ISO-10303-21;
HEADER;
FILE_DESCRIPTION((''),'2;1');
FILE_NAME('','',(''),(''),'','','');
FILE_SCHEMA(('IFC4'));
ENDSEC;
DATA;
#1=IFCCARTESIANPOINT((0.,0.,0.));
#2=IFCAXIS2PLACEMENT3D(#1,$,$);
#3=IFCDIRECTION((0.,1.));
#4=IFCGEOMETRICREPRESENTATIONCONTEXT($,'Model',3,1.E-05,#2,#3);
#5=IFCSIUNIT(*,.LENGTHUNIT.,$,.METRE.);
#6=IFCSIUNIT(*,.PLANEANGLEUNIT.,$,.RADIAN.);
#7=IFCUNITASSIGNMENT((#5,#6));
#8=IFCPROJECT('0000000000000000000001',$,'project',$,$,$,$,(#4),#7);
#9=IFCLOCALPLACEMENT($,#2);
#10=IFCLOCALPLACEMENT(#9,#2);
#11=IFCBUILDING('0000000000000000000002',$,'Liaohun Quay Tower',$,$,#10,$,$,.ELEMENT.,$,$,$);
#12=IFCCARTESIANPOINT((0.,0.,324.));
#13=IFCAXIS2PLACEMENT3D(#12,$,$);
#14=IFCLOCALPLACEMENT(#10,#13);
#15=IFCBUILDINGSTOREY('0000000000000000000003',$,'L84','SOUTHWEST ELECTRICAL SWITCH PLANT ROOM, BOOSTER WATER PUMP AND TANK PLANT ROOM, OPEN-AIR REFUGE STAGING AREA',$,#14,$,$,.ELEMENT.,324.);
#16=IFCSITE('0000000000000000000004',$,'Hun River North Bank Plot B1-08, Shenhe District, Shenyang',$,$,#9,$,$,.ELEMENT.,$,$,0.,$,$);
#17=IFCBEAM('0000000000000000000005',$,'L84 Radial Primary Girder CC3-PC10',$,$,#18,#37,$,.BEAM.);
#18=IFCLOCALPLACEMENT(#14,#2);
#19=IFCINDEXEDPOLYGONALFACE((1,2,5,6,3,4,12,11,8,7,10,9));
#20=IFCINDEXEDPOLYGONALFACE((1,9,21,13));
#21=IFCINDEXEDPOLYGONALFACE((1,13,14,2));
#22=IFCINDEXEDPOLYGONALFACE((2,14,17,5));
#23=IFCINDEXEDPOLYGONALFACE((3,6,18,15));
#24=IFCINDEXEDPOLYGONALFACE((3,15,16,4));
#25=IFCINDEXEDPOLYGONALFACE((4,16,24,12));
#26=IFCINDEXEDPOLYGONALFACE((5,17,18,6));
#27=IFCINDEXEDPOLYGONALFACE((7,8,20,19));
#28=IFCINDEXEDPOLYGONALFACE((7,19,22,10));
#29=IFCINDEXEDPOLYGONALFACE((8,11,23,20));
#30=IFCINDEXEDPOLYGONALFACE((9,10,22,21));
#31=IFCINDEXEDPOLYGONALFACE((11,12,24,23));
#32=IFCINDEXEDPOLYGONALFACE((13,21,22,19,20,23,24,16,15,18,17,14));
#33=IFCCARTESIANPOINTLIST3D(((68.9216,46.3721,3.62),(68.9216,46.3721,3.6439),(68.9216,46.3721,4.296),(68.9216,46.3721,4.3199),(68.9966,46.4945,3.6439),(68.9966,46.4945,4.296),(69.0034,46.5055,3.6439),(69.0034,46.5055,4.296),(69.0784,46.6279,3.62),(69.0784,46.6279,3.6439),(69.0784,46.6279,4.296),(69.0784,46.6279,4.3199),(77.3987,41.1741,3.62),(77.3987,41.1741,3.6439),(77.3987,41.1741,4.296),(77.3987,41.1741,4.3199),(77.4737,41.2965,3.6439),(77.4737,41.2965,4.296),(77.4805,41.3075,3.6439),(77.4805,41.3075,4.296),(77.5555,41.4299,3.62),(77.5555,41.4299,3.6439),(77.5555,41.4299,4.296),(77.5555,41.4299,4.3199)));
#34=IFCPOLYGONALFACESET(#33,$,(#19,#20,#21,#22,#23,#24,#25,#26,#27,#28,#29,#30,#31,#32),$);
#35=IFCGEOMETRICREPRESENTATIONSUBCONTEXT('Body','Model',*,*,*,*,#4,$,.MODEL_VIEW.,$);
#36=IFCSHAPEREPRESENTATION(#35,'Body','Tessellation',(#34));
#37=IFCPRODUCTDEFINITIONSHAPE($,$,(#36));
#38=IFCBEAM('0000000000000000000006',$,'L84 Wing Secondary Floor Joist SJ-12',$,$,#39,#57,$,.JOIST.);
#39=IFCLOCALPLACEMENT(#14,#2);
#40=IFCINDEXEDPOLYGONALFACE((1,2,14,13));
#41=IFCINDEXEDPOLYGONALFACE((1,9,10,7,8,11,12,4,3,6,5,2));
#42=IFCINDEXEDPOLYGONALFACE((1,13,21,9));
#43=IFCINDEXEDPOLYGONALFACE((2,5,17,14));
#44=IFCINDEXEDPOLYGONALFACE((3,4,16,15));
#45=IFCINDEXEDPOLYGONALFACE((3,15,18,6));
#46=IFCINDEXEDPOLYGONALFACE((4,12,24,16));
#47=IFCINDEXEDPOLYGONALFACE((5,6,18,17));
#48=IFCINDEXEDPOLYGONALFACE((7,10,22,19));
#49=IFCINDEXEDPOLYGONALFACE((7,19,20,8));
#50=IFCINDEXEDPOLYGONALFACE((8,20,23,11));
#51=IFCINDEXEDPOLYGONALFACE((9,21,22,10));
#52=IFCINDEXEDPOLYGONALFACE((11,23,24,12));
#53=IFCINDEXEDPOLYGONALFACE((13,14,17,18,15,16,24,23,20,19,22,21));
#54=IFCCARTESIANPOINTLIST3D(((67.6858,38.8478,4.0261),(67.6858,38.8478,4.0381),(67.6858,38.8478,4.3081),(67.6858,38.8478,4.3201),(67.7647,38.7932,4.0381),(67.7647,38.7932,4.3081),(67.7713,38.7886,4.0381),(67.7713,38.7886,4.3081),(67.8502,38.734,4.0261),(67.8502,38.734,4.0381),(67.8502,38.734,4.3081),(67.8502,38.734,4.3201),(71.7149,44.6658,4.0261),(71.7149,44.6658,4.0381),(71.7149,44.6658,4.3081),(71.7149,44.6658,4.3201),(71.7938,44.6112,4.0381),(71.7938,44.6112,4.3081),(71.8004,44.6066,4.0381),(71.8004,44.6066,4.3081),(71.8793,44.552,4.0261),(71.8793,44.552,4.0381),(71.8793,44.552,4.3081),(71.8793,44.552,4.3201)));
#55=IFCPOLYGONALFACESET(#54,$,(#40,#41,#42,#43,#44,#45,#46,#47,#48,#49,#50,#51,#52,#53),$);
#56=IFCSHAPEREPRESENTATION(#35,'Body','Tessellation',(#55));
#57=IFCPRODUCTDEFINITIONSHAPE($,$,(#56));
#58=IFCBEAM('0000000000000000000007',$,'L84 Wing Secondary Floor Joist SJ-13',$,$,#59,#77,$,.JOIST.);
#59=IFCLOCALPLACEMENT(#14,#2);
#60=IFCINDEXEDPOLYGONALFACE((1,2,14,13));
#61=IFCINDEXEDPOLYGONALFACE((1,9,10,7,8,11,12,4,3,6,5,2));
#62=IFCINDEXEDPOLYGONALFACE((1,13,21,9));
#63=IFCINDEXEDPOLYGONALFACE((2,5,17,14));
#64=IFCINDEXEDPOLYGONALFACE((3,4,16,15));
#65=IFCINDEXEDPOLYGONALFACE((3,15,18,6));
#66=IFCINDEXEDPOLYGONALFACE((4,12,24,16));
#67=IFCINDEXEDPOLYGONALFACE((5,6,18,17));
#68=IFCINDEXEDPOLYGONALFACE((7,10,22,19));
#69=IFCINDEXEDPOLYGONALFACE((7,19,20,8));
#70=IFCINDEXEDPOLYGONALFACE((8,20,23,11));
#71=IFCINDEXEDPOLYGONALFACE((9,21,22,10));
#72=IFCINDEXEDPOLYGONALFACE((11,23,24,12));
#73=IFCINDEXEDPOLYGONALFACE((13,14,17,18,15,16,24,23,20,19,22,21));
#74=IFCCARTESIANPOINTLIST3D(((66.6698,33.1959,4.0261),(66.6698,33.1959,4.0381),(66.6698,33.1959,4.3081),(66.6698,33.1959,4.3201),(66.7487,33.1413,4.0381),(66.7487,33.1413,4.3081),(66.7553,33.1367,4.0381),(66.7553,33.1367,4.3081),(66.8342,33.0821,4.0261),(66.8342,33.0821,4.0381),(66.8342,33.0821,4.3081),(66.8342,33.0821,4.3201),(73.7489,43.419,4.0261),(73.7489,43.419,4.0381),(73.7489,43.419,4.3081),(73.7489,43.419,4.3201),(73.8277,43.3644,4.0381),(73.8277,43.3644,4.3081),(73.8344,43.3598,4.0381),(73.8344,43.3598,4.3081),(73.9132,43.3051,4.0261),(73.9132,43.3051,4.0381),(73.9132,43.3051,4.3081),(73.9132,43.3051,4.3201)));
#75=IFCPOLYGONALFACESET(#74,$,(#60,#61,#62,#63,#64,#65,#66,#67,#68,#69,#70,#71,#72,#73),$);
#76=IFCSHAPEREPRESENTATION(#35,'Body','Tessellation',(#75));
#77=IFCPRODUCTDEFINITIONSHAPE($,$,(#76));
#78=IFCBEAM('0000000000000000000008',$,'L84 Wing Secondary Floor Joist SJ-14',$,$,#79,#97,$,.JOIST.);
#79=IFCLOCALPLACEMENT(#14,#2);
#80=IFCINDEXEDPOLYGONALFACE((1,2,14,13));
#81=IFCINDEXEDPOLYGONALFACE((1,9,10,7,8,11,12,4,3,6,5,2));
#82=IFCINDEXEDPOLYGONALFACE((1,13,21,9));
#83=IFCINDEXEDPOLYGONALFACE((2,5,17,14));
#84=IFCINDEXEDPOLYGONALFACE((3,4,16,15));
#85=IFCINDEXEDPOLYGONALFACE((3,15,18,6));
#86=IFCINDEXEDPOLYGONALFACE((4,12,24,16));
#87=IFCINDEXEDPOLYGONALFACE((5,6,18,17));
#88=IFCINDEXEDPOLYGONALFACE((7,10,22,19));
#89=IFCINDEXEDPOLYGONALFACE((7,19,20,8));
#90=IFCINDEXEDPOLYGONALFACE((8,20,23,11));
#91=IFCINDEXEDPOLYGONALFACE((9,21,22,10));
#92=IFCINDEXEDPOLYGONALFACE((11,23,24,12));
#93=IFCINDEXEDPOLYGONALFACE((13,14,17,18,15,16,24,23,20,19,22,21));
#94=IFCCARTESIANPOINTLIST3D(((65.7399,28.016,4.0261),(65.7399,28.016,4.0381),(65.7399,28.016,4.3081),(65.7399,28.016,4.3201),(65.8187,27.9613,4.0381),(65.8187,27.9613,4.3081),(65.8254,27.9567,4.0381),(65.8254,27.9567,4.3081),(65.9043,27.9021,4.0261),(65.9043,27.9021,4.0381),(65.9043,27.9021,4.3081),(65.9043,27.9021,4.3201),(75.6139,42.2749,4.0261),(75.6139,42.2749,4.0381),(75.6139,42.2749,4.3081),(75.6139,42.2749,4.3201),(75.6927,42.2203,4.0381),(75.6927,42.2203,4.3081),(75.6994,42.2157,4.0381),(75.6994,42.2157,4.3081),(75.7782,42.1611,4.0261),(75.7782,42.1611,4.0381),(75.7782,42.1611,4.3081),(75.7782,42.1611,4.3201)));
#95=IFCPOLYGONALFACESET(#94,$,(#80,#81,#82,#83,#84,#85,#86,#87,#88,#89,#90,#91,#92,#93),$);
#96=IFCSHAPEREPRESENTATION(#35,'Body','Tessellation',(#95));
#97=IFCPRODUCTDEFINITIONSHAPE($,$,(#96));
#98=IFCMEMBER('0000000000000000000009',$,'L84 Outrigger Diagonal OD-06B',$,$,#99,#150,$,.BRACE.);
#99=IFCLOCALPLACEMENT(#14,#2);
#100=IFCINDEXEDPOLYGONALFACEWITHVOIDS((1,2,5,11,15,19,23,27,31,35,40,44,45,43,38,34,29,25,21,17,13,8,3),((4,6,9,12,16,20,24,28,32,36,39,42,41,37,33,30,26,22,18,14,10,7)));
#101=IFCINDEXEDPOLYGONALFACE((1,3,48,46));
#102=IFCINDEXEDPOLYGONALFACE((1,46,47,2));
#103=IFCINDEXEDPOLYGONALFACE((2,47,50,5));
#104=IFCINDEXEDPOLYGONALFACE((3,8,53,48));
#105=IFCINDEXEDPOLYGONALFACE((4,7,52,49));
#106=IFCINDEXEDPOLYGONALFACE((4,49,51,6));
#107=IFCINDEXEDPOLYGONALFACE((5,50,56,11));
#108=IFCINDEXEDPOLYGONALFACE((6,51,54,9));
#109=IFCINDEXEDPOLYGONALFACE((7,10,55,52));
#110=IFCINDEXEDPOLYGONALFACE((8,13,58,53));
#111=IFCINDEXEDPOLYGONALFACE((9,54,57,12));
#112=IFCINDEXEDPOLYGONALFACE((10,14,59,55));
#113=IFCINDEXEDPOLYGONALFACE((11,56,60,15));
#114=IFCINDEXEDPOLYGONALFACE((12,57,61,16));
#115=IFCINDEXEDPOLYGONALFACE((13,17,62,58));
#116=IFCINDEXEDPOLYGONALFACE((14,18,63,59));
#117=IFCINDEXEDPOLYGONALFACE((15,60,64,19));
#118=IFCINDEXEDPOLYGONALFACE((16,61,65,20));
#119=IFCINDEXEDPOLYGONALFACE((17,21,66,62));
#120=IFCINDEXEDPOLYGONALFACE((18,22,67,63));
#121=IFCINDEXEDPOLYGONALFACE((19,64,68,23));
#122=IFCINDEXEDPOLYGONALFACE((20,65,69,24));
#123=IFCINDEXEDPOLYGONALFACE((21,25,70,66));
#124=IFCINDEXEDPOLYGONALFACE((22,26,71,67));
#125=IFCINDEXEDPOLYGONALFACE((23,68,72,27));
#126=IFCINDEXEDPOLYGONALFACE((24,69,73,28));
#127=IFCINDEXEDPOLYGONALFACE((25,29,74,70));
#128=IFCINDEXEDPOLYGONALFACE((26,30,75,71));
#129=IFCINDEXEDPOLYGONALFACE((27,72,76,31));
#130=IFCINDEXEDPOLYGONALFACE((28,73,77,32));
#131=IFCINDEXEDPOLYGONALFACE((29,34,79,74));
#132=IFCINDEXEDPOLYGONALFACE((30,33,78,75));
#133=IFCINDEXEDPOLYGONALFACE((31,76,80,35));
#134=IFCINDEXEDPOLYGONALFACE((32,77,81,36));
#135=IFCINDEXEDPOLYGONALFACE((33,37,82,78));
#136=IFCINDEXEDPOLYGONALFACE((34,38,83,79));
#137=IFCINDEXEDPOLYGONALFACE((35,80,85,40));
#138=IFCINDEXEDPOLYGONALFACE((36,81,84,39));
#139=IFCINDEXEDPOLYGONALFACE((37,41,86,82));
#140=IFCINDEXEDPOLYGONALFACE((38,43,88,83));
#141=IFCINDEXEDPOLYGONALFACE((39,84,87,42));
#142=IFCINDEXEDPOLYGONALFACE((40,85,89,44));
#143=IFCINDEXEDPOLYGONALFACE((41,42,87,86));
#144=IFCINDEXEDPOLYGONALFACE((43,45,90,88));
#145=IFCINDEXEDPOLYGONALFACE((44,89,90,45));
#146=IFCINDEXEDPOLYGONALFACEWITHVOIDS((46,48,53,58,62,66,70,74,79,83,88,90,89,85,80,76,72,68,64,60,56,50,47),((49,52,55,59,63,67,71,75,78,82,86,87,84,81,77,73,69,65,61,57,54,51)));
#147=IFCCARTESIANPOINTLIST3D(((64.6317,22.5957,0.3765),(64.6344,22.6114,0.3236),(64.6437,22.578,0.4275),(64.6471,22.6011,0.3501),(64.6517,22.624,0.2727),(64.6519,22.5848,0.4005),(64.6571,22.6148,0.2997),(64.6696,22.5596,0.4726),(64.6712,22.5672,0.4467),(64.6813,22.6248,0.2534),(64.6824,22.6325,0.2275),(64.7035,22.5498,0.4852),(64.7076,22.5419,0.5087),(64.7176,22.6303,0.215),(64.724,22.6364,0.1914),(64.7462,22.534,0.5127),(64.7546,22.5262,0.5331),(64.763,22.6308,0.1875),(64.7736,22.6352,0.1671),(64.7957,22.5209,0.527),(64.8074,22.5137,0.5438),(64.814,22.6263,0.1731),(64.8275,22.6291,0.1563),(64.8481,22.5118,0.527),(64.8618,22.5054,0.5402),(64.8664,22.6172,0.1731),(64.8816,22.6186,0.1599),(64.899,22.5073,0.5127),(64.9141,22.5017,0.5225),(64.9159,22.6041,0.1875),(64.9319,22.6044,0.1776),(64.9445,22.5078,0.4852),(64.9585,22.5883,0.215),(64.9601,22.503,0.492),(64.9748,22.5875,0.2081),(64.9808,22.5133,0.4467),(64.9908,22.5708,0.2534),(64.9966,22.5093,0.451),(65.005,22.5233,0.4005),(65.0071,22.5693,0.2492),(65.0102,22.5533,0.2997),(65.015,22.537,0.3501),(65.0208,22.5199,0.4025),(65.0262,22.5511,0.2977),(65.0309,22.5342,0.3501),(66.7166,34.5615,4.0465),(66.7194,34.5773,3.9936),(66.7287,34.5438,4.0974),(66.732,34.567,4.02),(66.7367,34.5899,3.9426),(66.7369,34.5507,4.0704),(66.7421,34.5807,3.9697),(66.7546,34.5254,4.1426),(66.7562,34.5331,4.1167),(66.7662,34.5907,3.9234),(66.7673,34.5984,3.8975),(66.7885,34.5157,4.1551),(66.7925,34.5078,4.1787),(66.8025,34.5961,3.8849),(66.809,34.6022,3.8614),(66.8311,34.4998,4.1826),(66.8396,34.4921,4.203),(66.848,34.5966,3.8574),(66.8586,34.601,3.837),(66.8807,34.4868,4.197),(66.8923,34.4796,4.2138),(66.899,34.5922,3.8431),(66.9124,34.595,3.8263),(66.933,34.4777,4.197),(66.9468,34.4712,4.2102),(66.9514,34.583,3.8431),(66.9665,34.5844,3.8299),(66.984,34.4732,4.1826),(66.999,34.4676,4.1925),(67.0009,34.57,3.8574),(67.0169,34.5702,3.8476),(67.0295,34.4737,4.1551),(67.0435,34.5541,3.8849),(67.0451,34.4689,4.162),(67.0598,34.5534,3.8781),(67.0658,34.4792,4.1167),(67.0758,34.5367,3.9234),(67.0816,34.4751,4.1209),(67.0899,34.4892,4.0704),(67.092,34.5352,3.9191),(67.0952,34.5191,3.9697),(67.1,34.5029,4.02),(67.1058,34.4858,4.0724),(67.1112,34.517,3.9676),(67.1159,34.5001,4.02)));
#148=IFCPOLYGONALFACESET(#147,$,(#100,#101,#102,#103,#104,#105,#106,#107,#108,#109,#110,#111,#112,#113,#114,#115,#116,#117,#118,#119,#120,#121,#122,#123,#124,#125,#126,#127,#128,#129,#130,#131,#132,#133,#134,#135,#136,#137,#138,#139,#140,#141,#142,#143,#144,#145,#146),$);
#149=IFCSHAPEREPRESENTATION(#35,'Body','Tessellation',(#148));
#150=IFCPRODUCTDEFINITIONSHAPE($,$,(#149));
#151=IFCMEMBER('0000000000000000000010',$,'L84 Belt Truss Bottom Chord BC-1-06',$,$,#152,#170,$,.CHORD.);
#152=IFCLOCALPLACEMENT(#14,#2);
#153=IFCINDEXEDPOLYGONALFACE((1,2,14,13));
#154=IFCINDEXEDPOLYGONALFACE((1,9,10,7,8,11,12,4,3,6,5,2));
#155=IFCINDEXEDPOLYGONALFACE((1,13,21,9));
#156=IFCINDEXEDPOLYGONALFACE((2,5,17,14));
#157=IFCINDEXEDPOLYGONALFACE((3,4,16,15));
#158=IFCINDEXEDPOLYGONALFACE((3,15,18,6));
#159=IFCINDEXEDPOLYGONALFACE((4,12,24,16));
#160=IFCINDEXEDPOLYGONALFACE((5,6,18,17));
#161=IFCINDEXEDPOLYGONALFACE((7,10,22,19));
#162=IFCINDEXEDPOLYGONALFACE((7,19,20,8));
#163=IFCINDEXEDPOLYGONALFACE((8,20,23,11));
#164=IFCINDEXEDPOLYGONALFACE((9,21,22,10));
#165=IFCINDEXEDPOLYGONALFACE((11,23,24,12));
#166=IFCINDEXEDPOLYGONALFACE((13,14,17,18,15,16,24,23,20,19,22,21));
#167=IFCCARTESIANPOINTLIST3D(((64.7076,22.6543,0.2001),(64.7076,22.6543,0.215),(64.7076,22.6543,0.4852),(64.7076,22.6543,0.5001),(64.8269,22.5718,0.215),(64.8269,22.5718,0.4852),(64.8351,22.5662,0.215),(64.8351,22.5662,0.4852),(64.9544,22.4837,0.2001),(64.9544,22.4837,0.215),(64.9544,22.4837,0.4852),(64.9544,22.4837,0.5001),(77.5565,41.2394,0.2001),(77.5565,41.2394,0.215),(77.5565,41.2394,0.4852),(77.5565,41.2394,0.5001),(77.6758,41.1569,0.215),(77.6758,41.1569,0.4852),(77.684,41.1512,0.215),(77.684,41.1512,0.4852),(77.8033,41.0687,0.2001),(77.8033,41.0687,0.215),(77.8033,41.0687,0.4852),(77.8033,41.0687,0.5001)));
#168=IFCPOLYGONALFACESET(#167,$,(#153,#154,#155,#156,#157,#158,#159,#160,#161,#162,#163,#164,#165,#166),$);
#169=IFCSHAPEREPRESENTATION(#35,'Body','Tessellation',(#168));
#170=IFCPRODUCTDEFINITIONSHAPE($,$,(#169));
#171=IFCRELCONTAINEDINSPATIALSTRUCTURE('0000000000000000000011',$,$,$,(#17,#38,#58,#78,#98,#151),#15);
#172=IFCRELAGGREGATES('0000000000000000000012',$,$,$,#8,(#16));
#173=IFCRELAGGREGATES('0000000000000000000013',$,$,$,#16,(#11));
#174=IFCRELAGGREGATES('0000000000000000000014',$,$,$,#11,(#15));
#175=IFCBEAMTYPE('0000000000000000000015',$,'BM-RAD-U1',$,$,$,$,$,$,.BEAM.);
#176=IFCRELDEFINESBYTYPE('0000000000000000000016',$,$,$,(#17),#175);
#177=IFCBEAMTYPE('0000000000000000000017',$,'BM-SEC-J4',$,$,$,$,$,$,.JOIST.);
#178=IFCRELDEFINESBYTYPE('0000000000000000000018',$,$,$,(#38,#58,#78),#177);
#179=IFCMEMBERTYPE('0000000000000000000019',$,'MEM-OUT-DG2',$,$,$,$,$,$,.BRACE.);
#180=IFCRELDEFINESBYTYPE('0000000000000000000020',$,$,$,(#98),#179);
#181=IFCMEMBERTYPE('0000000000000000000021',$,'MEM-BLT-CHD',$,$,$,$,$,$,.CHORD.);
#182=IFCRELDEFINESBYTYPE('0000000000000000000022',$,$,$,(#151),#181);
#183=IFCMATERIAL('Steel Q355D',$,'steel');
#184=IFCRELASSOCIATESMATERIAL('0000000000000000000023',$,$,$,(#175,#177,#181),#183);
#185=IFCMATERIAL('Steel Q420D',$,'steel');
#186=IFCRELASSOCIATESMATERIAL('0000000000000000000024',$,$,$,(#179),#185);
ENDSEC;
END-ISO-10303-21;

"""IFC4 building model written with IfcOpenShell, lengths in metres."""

from ifc_helpers import new_model, si_unit, direction, frame, origin, origin_2d, place, context, subcontext, project, spatial, hollow_circle, i_section, extrude, source, transform, mapped, material, material_profile, profile_set, type_object, element, save


model = new_model("IFC4")

# Units and contexts
model_context = context("Model", 3, precision=1e-05, world=origin(), true_north=direction((0.0, 1.0)))
body_context = subcontext(model_context, "Body", "Model", "MODEL_VIEW")
ifc_project = project(units=[si_unit("LENGTHUNIT", "METRE"), si_unit("PLANEANGLEUNIT", "RADIAN")], contexts=[model_context])

# Site, building, storey
site_placement = place(None, origin())
site = spatial("IfcSite", under=ifc_project, at=site_placement, Name="Hun River North Bank Plot B1-08, Shenhe District, Shenyang", CompositionType="ELEMENT", RefElevation=0.0)
building_placement = place(site_placement, origin())
building = spatial("IfcBuilding", under=site, at=building_placement, Name="Liaohun Quay Tower", CompositionType="ELEMENT")
storey_placement = place(building_placement, frame((0.0, 0.0, 324.0)))
storey = spatial("IfcBuildingStorey", under=building, at=storey_placement, Name="L84", Description="SOUTHWEST ELECTRICAL SWITCH PLANT ROOM, BOOSTER WATER PUMP AND TANK PLANT ROOM, OPEN-AIR REFUGE STAGING AREA", CompositionType="ELEMENT", Elevation=324.0)

# Shared definitions
ifc_material_1 = material(Name="Steel Q355D", Category="steel")

# Beams
ifc_material_profile_1 = material_profile(ifc_material_1, i_section(OverallWidth=0.3, OverallDepth=0.7, WebThickness=0.0129, FlangeThickness=0.0239, at=origin_2d()), Name="HN700x300x13x24")
ifc_profile_set_1 = profile_set([ifc_material_profile_1], Name="Steel Q355D")
beam_type_1 = type_object("IfcBeamType", Name="BM-RAD-U1", PredefinedType="BEAM", material=ifc_profile_set_1)
shared_shape_1 = source(origin(), body_context, "Body", "SweptSolid", [
    extrude(i_section(OverallWidth=0.3, OverallDepth=0.7, WebThickness=0.0129, FlangeThickness=0.0239, at=origin_2d()), origin(), (0.0, 0.0, 1.0), 9.9438),
])
beam_1_placement = place(storey_placement, frame((69.0, 46.5, 3.97), z_axis=(0.852494, -0.522736, 0.0), x_axis=(0.522736, 0.852494, 0.0)))
element("IfcBeam", 1, at=beam_1_placement, inside=storey, type_object=beam_type_1, Name="L84 Radial Primary Girder CC3-PC10", PredefinedType="BEAM", context=body_context, shape_type="MappedRepresentation", body=[
    mapped(shared_shape_1, transform((0.0, 0.0, 0.0), x_axis=(1.0, 0.0, 0.0), y_axis=(0.0, 1.0, 0.0), z_axis=(0.0, 0.0, 1.0), scale=1.0)),
])
ifc_material_profile_2 = material_profile(ifc_material_1, i_section(OverallWidth=0.2, OverallDepth=0.2939, WebThickness=0.0081, FlangeThickness=0.012, at=origin_2d()), Name="HM294x200x8x12")
ifc_profile_set_2 = profile_set([ifc_material_profile_2], Name="Steel Q355D")
beam_type_2 = type_object("IfcBeamType", Name="BM-SEC-J4", PredefinedType="JOIST", material=ifc_profile_set_2)
shared_shape_2 = source(origin(), body_context, "Body", "SweptSolid", [
    extrude(i_section(OverallWidth=0.2, OverallDepth=0.2939, WebThickness=0.0081, FlangeThickness=0.012, at=origin_2d()), origin(), (0.0, 0.0, 1.0), 7.0769),
])
beam_2_placement = place(storey_placement, frame((71.7971, 44.6089, 4.1731), z_axis=(-0.569334, -0.822106, 0.0), x_axis=(0.822106, -0.569334, 0.0)))
element("IfcBeam", 2, at=beam_2_placement, inside=storey, type_object=beam_type_2, Name="L84 Wing Secondary Floor Joist SJ-12", PredefinedType="JOIST", context=body_context, shape_type="MappedRepresentation", body=[
    mapped(shared_shape_2, transform((0.0, 0.0, 0.0), x_axis=(1.0, 0.0, 0.0), y_axis=(0.0, 1.0, 0.0), z_axis=(0.0, 0.0, 1.0), scale=1.0)),
])
shared_shape_3 = source(origin(), body_context, "Body", "SweptSolid", [
    extrude(i_section(OverallWidth=0.2, OverallDepth=0.2939, WebThickness=0.0081, FlangeThickness=0.012, at=origin_2d()), origin(), (0.0, 0.0, 1.0), 12.4348),
])
beam_3_placement = place(storey_placement, frame((73.8311, 43.3621, 4.1731), z_axis=(-0.569294, -0.822134, 0.0), x_axis=(0.822134, -0.569294, 0.0)))
element("IfcBeam", 3, at=beam_3_placement, inside=storey, type_object=beam_type_2, Name="L84 Wing Secondary Floor Joist SJ-13", PredefinedType="JOIST", context=body_context, shape_type="MappedRepresentation", body=[
    mapped(shared_shape_3, transform((0.0, 0.0, 0.0), x_axis=(1.0, 0.0, 0.0), y_axis=(0.0, 1.0, 0.0), z_axis=(0.0, 0.0, 1.0), scale=1.0)),
])
shared_shape_4 = source(origin(), body_context, "Body", "SweptSolid", [
    extrude(i_section(OverallWidth=0.2, OverallDepth=0.2939, WebThickness=0.0081, FlangeThickness=0.012, at=origin_2d()), origin(), (0.0, 0.0, 1.0), 17.344),
])
beam_4_placement = place(storey_placement, frame((75.696, 42.218, 4.1731), z_axis=(-0.569303, -0.822128, 0.0), x_axis=(0.822128, -0.569303, 0.0)))
element("IfcBeam", 4, at=beam_4_placement, inside=storey, type_object=beam_type_2, Name="L84 Wing Secondary Floor Joist SJ-14", PredefinedType="JOIST", context=body_context, shape_type="MappedRepresentation", body=[
    mapped(shared_shape_4, transform((0.0, 0.0, 0.0), x_axis=(1.0, 0.0, 0.0), y_axis=(0.0, 1.0, 0.0), z_axis=(0.0, 0.0, 1.0), scale=1.0)),
])

# Members
ifc_material_2 = material(Name="Steel Q420D", Category="steel")
ifc_material_profile_3 = material_profile(ifc_material_2, hollow_circle(Radius=0.2029, WallThickness=0.0161, at=origin_2d()), Name="CHS406x16")
ifc_profile_set_3 = profile_set([ifc_material_profile_3], Name="Steel Q420D")
member_type_1 = type_object("IfcMemberType", Name="MEM-OUT-DG2", PredefinedType="BRACE", material=ifc_profile_set_3)
shared_shape_5 = source(origin(), body_context, "Body", "SweptSolid", [
    extrude(hollow_circle(Radius=0.2029, WallThickness=0.0161, at=origin_2d()), origin(), (0.0, 0.0, 1.0), 12.6885),
])
member_1_placement = place(storey_placement, frame((66.916, 34.5349, 4.02), z_axis=(-0.16432, -0.94305, -0.289234), x_axis=(0.985157, -0.171657, 0.0)))
element("IfcMember", 5, at=member_1_placement, inside=storey, type_object=member_type_1, Name="L84 Outrigger Diagonal OD-06B", PredefinedType="BRACE", context=body_context, shape_type="MappedRepresentation", body=[
    mapped(shared_shape_5, transform((0.0, 0.0, 0.0), x_axis=(1.0, 0.0, 0.0), y_axis=(0.0, 1.0, 0.0), z_axis=(0.0, 0.0, 1.0), scale=1.0)),
])
ifc_material_profile_4 = material_profile(ifc_material_1, i_section(OverallWidth=0.3, OverallDepth=0.3, WebThickness=0.01, FlangeThickness=0.0149, at=origin_2d()), Name="HW300x300x10x15")
ifc_profile_set_4 = profile_set([ifc_material_profile_4], Name="Steel Q355D")
member_type_2 = type_object("IfcMemberType", Name="MEM-BLT-CHD", PredefinedType="CHORD", material=ifc_profile_set_4)
shared_shape_6 = source(origin(), body_context, "Body", "SweptSolid", [
    extrude(i_section(OverallWidth=0.3, OverallDepth=0.3, WebThickness=0.01, FlangeThickness=0.0149, at=origin_2d()), origin(), (0.0, 0.0, 1.0), 22.5942),
])
member_2_placement = place(storey_placement, frame((77.6799, 41.1541, 0.3501), z_axis=(-0.568682, -0.822557, 0.0), x_axis=(0.822557, -0.568682, 0.0)))
element("IfcMember", 6, at=member_2_placement, inside=storey, type_object=member_type_2, Name="L84 Belt Truss Bottom Chord BC-1-06", PredefinedType="CHORD", context=body_context, shape_type="MappedRepresentation", body=[
    mapped(shared_shape_6, transform((0.0, 0.0, 0.0), x_axis=(1.0, 0.0, 0.0), y_axis=(0.0, 1.0, 0.0), z_axis=(0.0, 0.0, 1.0), scale=1.0)),
])

save(model, "model.ifc")
